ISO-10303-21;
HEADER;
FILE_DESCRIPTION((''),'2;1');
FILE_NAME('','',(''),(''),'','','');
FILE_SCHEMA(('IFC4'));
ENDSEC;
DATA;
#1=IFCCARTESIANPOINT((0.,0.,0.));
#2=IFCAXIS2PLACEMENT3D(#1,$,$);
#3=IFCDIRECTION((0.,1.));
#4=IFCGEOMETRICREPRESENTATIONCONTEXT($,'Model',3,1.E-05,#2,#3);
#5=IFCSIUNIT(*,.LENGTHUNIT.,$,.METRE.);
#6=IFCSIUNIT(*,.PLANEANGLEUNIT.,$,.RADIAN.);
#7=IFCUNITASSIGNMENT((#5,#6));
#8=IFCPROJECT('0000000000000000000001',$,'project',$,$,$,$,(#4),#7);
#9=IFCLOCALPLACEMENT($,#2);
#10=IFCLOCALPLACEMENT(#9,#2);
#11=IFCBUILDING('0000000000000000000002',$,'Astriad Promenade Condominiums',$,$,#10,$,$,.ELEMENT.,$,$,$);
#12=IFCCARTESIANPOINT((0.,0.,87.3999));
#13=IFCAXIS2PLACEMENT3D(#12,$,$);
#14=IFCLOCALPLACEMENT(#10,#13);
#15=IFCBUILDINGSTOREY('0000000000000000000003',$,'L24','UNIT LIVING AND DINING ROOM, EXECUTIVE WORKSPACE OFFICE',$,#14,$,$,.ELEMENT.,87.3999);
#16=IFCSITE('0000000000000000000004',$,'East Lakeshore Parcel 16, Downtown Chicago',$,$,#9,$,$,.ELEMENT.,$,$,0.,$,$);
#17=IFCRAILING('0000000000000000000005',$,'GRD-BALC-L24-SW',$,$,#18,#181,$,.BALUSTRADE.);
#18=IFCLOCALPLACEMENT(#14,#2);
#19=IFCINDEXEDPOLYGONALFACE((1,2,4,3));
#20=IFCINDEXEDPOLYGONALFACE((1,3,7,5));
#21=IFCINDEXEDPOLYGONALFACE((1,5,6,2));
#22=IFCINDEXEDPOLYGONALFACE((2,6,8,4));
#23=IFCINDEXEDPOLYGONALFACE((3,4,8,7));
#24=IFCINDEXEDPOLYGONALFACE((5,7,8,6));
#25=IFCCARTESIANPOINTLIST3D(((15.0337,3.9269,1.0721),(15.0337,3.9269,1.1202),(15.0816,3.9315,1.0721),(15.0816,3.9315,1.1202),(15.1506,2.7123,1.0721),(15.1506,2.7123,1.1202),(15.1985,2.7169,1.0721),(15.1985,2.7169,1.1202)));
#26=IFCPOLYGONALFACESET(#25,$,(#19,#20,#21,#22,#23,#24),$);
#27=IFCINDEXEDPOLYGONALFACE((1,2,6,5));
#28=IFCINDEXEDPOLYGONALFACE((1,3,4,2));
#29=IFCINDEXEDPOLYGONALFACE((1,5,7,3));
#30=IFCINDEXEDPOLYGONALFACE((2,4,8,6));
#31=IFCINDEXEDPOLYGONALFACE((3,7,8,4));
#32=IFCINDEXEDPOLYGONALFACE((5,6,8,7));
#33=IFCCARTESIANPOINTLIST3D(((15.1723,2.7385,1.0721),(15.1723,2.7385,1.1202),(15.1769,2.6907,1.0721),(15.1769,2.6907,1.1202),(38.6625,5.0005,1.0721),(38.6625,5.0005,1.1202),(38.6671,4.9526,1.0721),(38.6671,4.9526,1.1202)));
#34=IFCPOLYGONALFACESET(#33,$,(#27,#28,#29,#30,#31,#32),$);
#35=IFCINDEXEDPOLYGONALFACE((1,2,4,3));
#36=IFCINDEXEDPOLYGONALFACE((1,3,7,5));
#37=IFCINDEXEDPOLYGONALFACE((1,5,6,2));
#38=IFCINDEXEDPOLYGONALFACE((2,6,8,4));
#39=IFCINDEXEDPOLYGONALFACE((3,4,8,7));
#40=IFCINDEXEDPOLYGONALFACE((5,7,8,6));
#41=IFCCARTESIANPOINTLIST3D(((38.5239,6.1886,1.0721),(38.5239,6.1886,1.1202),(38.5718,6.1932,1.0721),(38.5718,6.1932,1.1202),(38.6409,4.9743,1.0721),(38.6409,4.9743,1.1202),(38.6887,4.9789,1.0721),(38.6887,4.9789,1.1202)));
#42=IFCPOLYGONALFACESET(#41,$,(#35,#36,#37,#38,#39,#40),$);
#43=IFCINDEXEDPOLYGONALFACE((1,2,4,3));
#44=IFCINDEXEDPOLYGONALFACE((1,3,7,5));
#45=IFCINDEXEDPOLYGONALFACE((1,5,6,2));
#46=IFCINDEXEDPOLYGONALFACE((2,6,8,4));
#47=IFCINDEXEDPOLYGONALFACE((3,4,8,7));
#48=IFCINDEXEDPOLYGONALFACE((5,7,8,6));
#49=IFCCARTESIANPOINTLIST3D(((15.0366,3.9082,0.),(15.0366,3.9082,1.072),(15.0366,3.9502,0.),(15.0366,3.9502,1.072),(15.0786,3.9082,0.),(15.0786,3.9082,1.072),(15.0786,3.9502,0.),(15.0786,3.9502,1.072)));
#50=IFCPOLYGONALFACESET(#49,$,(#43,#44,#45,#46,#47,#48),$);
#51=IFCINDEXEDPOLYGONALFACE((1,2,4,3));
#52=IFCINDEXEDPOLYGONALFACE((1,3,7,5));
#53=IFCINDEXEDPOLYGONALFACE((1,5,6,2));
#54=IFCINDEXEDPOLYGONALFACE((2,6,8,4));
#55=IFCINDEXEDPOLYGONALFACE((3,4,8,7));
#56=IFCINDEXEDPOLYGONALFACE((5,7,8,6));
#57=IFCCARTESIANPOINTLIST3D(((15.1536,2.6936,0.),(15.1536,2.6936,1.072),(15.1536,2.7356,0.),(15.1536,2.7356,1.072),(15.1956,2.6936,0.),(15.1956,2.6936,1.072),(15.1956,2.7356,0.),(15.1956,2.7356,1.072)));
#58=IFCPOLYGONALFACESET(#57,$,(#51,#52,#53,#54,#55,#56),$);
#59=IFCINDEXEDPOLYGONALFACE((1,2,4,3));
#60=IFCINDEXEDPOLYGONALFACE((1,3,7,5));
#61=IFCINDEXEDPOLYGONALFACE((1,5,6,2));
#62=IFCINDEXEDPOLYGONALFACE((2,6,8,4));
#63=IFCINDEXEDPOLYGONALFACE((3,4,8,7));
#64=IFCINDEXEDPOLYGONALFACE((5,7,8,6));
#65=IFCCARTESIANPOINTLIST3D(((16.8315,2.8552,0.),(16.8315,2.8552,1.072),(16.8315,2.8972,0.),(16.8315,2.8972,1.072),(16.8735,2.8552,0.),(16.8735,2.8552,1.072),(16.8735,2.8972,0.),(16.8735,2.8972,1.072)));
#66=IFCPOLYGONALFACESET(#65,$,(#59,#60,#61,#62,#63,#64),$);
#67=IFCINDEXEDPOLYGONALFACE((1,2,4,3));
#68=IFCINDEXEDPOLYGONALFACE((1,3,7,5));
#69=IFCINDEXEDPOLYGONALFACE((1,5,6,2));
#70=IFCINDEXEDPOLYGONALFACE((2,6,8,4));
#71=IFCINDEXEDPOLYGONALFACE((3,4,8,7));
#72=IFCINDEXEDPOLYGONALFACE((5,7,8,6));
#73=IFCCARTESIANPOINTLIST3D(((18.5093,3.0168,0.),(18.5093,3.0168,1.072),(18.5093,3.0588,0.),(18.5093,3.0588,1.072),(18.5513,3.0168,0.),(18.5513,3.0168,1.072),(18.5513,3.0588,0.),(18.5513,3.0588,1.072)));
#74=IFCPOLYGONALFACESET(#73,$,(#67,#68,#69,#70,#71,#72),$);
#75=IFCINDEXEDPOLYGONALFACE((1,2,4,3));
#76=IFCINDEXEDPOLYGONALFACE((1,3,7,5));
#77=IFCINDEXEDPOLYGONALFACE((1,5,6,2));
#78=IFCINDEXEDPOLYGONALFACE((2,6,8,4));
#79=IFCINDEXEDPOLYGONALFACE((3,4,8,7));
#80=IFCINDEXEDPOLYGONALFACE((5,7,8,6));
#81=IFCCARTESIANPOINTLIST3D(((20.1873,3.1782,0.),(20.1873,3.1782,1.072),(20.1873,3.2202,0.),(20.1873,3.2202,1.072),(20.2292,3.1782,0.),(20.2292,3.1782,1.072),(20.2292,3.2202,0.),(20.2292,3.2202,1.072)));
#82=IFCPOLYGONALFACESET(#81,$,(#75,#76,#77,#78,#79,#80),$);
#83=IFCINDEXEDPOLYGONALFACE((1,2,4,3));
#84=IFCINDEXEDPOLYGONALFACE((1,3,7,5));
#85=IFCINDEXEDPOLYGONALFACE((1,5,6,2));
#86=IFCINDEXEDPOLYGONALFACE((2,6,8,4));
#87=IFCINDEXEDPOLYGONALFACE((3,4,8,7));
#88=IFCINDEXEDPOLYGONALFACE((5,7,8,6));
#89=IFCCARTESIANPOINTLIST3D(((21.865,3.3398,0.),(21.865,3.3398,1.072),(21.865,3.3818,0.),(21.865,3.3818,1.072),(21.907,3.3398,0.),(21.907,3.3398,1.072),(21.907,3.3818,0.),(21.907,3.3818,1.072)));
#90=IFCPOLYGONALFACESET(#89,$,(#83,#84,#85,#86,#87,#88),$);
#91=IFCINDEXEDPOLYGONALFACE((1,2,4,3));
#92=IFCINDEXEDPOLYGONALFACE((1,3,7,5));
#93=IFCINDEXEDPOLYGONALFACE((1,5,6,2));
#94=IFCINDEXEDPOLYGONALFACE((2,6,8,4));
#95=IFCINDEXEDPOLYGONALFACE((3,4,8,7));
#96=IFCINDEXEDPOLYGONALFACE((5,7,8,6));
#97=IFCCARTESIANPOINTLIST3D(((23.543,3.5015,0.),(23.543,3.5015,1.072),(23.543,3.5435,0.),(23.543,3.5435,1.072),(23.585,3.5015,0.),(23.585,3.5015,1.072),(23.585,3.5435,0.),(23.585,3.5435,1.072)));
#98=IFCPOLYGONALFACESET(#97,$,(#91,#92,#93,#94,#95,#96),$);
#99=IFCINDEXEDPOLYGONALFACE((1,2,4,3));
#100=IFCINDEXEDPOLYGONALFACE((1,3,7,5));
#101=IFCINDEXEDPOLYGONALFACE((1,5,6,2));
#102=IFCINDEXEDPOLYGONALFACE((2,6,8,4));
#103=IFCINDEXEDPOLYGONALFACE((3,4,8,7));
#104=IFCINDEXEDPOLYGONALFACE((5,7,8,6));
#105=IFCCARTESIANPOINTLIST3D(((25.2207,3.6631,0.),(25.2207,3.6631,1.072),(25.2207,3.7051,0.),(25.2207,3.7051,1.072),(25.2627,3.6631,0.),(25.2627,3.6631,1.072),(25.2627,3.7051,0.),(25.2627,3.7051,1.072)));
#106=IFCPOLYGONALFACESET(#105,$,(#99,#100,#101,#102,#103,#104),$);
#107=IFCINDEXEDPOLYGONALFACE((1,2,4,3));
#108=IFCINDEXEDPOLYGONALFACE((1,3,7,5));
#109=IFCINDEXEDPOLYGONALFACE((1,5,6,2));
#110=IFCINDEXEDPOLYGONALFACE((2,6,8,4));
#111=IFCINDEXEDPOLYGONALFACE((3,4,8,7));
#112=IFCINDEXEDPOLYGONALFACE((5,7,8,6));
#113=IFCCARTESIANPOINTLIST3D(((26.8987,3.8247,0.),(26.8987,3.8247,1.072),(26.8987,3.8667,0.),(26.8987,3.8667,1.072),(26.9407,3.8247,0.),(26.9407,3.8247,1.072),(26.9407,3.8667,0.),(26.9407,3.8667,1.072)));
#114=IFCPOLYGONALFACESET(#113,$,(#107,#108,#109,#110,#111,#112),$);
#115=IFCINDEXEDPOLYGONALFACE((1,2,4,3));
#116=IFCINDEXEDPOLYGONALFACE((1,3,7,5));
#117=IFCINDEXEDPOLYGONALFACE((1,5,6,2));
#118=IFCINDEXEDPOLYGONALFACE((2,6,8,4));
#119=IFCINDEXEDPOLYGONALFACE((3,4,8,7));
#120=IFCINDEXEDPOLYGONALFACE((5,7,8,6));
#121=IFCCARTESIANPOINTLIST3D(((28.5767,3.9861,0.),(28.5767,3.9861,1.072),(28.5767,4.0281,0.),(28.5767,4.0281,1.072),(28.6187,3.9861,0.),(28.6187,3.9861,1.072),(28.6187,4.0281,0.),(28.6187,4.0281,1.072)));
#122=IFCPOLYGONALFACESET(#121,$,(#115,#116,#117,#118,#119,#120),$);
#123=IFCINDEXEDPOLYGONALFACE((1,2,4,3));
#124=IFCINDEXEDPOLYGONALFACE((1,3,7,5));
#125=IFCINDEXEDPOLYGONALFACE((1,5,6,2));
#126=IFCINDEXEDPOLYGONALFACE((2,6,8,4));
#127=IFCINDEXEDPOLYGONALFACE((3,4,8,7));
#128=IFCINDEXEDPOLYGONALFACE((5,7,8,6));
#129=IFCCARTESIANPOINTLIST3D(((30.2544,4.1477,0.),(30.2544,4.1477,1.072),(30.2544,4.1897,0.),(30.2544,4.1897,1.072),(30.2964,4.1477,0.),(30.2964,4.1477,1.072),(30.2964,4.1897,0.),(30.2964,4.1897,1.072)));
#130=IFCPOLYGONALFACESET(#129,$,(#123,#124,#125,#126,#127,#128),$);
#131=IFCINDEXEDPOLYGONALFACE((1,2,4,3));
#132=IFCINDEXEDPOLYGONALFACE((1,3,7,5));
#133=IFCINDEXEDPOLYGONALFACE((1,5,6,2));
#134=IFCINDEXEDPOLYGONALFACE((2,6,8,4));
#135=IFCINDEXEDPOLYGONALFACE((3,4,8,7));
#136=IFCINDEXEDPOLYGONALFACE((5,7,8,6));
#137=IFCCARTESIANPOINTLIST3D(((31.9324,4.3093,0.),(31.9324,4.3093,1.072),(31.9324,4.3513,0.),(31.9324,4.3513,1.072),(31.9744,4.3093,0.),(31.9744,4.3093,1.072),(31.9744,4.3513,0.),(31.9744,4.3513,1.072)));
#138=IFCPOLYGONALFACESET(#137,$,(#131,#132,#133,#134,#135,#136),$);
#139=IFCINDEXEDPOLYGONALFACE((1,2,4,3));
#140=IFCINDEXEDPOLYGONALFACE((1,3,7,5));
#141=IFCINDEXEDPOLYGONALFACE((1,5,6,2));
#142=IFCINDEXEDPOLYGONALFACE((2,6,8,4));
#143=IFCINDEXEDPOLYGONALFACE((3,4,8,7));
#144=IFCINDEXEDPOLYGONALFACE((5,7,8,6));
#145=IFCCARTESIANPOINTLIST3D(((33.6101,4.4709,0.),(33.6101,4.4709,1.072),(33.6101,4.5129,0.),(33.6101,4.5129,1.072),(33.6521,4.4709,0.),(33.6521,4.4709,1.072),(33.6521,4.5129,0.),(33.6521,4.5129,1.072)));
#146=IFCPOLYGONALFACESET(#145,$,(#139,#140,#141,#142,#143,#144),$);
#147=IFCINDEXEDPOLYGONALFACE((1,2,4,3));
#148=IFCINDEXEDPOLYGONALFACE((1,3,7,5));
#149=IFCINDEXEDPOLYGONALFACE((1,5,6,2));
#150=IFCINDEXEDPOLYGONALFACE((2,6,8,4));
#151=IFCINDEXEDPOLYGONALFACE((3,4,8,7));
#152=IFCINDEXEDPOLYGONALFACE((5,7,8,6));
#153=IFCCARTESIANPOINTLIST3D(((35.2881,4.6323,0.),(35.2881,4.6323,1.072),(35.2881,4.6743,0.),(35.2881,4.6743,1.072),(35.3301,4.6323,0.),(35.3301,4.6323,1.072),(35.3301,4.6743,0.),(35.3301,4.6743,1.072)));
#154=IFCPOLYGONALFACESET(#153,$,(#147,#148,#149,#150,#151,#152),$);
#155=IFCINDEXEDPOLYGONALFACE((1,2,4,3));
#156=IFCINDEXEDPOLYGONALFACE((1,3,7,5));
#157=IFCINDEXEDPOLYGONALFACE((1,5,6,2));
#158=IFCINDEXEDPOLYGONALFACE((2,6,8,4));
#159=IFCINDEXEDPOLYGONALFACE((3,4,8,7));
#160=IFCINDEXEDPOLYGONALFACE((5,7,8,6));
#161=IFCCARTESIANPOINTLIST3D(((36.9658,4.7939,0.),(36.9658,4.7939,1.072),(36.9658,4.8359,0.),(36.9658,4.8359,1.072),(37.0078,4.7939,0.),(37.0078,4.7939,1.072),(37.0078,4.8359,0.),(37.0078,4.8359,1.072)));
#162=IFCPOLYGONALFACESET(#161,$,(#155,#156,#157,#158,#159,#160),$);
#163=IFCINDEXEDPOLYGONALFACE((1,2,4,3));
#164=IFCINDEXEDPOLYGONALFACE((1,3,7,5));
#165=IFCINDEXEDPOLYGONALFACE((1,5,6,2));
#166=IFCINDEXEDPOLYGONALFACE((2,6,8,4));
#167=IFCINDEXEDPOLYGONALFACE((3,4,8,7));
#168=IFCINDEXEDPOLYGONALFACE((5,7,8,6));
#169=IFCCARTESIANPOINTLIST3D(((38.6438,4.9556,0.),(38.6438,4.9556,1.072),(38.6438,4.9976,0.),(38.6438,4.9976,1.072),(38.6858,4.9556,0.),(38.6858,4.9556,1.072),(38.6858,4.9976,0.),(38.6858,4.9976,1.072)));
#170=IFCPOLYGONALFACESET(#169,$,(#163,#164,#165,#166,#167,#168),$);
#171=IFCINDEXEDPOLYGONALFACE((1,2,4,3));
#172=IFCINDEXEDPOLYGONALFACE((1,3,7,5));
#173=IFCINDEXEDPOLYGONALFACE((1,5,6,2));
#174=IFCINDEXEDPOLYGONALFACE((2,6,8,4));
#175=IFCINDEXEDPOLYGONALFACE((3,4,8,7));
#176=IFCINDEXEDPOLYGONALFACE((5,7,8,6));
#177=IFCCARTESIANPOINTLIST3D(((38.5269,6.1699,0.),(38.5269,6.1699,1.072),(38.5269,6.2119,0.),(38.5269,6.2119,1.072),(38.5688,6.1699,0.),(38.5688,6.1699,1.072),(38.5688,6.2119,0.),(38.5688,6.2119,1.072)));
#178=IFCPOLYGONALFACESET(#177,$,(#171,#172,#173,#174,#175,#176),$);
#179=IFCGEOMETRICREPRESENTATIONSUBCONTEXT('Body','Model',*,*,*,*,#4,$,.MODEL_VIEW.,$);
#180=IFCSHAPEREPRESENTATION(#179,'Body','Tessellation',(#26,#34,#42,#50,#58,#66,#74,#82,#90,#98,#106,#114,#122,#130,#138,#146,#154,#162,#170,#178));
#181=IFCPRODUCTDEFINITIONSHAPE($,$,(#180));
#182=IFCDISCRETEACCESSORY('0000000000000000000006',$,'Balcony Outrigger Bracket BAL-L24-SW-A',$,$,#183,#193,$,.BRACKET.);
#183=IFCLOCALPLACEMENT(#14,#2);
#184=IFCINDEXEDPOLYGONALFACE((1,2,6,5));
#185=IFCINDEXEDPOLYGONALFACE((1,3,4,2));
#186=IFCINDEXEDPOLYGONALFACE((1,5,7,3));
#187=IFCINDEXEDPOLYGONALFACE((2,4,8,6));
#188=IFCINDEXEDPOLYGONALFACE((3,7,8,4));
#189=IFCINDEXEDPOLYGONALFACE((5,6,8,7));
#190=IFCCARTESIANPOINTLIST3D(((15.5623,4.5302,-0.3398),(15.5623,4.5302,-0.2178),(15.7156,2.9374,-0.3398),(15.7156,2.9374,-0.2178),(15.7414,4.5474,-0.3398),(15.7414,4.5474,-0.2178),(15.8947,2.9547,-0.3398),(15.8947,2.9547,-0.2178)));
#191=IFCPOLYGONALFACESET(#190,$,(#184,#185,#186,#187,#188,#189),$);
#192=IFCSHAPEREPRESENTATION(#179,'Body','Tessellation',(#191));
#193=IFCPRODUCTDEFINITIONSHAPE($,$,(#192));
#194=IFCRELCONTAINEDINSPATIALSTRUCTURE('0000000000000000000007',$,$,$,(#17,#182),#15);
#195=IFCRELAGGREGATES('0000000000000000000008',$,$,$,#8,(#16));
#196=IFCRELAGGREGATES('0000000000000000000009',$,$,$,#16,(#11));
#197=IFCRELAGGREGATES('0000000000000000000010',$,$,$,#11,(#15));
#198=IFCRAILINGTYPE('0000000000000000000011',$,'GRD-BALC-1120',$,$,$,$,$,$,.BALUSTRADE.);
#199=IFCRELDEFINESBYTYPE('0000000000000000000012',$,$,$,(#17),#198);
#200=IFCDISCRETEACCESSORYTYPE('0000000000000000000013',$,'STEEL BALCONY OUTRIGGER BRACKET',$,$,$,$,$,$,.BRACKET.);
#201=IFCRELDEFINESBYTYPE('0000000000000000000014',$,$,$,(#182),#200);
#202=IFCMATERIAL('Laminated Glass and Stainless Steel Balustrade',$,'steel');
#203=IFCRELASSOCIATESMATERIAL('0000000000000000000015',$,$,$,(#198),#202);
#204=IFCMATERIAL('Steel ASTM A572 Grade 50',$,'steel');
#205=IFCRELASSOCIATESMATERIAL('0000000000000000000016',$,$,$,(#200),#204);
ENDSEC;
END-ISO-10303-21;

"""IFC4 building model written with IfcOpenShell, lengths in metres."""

from ifc_helpers import new_model, si_unit, direction, frame, origin, origin_2d, place, context, subcontext, project, spatial, rectangle, extrude, source, transform, mapped, material, type_object, type_shapes, element, save


model = new_model("IFC4")

# Units and contexts
model_context = context("Model", 3, precision=1e-05, world=origin(), true_north=direction((0.0, 1.0)))
body_context = subcontext(model_context, "Body", "Model", "MODEL_VIEW")
ifc_project = project(units=[si_unit("LENGTHUNIT", "METRE"), si_unit("PLANEANGLEUNIT", "RADIAN")], contexts=[model_context])

# Site, building, storey
site_placement = place(None, origin())
site = spatial("IfcSite", under=ifc_project, at=site_placement, Name="East Lakeshore Parcel 16, Downtown Chicago", CompositionType="ELEMENT", RefElevation=0.0)
building_placement = place(site_placement, origin())
building = spatial("IfcBuilding", under=site, at=building_placement, Name="Astriad Promenade Condominiums", CompositionType="ELEMENT")
storey_placement = place(building_placement, frame((0.0, 0.0, 87.3999)))
storey = spatial("IfcBuildingStorey", under=building, at=storey_placement, Name="L24", Description="UNIT LIVING AND DINING ROOM, EXECUTIVE WORKSPACE OFFICE", CompositionType="ELEMENT", Elevation=87.3999)

# Railing
ifc_material_1 = material(Name="Laminated Glass and Stainless Steel Balustrade", Category="steel")
railing_type = type_object("IfcRailingType", Name="GRD-BALC-1120", PredefinedType="BALUSTRADE", material=ifc_material_1)
shared_shape_1 = source(origin(), body_context, "Body", "SweptSolid", [
    extrude(rectangle(XDim=0.0481, YDim=0.0481, at=origin_2d()), frame((0.0, 0.0, 1.0962), z_axis=(0.095838, -0.995397, 0.0), x_axis=(0.995397, 0.095838, 0.0)), (0.0, 0.0, 1.0), 1.2202),
    extrude(rectangle(XDim=0.0481, YDim=0.0481, at=origin_2d()), frame((0.1169, -1.2146, 1.0962), z_axis=(0.995396, 0.09585, 0.0), x_axis=(-0.09585, 0.995396, 0.0)), (0.0, 0.0, 1.0), 23.5989),
    extrude(rectangle(XDim=0.0481, YDim=0.0481, at=origin_2d()), frame((23.6072, 1.0474, 1.0962), z_axis=(-0.095857, 0.995395, 0.0), x_axis=(-0.995395, -0.095857, 0.0)), (0.0, 0.0, 1.0), 1.22),
    extrude(rectangle(XDim=0.042, YDim=0.042, at=origin_2d()), origin(), (0.0, 0.0, 1.0), 1.072),
    extrude(rectangle(XDim=0.042, YDim=0.042, at=origin_2d()), frame((0.1169, -1.2146, 0.0)), (0.0, 0.0, 1.0), 1.072),
    extrude(rectangle(XDim=0.042, YDim=0.042, at=origin_2d()), frame((1.7949, -1.053, 0.0)), (0.0, 0.0, 1.0), 1.072),
    extrude(rectangle(XDim=0.042, YDim=0.042, at=origin_2d()), frame((3.4727, -0.8914, 0.0)), (0.0, 0.0, 1.0), 1.072),
    extrude(rectangle(XDim=0.042, YDim=0.042, at=origin_2d()), frame((5.1506, -0.73, 0.0)), (0.0, 0.0, 1.0), 1.072),
    extrude(rectangle(XDim=0.042, YDim=0.042, at=origin_2d()), frame((6.8284, -0.5684, 0.0)), (0.0, 0.0, 1.0), 1.072),
    extrude(rectangle(XDim=0.042, YDim=0.042, at=origin_2d()), frame((8.5063, -0.4067, 0.0)), (0.0, 0.0, 1.0), 1.072),
    extrude(rectangle(XDim=0.042, YDim=0.042, at=origin_2d()), frame((10.1841, -0.2451, 0.0)), (0.0, 0.0, 1.0), 1.072),
    extrude(rectangle(XDim=0.042, YDim=0.042, at=origin_2d()), frame((11.8621, -0.0835, 0.0)), (0.0, 0.0, 1.0), 1.072),
    extrude(rectangle(XDim=0.042, YDim=0.042, at=origin_2d()), frame((13.54, 0.0779, 0.0)), (0.0, 0.0, 1.0), 1.072),
    extrude(rectangle(XDim=0.042, YDim=0.042, at=origin_2d()), frame((15.2178, 0.2395, 0.0)), (0.0, 0.0, 1.0), 1.072),
    extrude(rectangle(XDim=0.042, YDim=0.042, at=origin_2d()), frame((16.8958, 0.4011, 0.0)), (0.0, 0.0, 1.0), 1.072),
    extrude(rectangle(XDim=0.042, YDim=0.042, at=origin_2d()), frame((18.5735, 0.5627, 0.0)), (0.0, 0.0, 1.0), 1.072),
    extrude(rectangle(XDim=0.042, YDim=0.042, at=origin_2d()), frame((20.2515, 0.7241, 0.0)), (0.0, 0.0, 1.0), 1.072),
    extrude(rectangle(XDim=0.042, YDim=0.042, at=origin_2d()), frame((21.9292, 0.8857, 0.0)), (0.0, 0.0, 1.0), 1.072),
    extrude(rectangle(XDim=0.042, YDim=0.042, at=origin_2d()), frame((23.6072, 1.0474, 0.0)), (0.0, 0.0, 1.0), 1.072),
    extrude(rectangle(XDim=0.042, YDim=0.042, at=origin_2d()), frame((23.4902, 2.2617, 0.0)), (0.0, 0.0, 1.0), 1.072),
])
type_shapes(railing_type, [shared_shape_1])
railing_placement = place(storey_placement, frame((15.0576, 3.9292, 0.0)))
element("IfcRailing", 1, at=railing_placement, inside=storey, type_object=railing_type, Name="GRD-BALC-L24-SW", PredefinedType="BALUSTRADE", context=body_context, shape_type="MappedRepresentation", body=[
    mapped(shared_shape_1, transform((0.0, 0.0, 0.0), scale=1.0)),
])

# Discrete accessory
ifc_material_2 = material(Name="Steel ASTM A572 Grade 50", Category="steel")
discrete_accessory_type = type_object("IfcDiscreteAccessoryType", Name="STEEL BALCONY OUTRIGGER BRACKET", PredefinedType="BRACKET", material=ifc_material_2)
shared_shape_2 = source(origin(), body_context, "Body", "SweptSolid", [
    extrude(rectangle(XDim=1.6001, YDim=0.1799, at=origin_2d()), origin(), (0.0, 0.0, 1.0), 0.1221),
])
type_shapes(discrete_accessory_type, [shared_shape_2])
discrete_accessory_placement = place(storey_placement, frame((15.7285, 3.7424, -0.3398), z_axis=(0.0, 0.0, 1.0), x_axis=(0.095846, -0.995396, 0.0)))
element("IfcDiscreteAccessory", 2, at=discrete_accessory_placement, inside=storey, type_object=discrete_accessory_type, Name="Balcony Outrigger Bracket BAL-L24-SW-A", PredefinedType="BRACKET", context=body_context, shape_type="MappedRepresentation", body=[
    mapped(shared_shape_2, transform((0.0, 0.0, 0.0), scale=1.0)),
])

save(model, "model.ifc")
